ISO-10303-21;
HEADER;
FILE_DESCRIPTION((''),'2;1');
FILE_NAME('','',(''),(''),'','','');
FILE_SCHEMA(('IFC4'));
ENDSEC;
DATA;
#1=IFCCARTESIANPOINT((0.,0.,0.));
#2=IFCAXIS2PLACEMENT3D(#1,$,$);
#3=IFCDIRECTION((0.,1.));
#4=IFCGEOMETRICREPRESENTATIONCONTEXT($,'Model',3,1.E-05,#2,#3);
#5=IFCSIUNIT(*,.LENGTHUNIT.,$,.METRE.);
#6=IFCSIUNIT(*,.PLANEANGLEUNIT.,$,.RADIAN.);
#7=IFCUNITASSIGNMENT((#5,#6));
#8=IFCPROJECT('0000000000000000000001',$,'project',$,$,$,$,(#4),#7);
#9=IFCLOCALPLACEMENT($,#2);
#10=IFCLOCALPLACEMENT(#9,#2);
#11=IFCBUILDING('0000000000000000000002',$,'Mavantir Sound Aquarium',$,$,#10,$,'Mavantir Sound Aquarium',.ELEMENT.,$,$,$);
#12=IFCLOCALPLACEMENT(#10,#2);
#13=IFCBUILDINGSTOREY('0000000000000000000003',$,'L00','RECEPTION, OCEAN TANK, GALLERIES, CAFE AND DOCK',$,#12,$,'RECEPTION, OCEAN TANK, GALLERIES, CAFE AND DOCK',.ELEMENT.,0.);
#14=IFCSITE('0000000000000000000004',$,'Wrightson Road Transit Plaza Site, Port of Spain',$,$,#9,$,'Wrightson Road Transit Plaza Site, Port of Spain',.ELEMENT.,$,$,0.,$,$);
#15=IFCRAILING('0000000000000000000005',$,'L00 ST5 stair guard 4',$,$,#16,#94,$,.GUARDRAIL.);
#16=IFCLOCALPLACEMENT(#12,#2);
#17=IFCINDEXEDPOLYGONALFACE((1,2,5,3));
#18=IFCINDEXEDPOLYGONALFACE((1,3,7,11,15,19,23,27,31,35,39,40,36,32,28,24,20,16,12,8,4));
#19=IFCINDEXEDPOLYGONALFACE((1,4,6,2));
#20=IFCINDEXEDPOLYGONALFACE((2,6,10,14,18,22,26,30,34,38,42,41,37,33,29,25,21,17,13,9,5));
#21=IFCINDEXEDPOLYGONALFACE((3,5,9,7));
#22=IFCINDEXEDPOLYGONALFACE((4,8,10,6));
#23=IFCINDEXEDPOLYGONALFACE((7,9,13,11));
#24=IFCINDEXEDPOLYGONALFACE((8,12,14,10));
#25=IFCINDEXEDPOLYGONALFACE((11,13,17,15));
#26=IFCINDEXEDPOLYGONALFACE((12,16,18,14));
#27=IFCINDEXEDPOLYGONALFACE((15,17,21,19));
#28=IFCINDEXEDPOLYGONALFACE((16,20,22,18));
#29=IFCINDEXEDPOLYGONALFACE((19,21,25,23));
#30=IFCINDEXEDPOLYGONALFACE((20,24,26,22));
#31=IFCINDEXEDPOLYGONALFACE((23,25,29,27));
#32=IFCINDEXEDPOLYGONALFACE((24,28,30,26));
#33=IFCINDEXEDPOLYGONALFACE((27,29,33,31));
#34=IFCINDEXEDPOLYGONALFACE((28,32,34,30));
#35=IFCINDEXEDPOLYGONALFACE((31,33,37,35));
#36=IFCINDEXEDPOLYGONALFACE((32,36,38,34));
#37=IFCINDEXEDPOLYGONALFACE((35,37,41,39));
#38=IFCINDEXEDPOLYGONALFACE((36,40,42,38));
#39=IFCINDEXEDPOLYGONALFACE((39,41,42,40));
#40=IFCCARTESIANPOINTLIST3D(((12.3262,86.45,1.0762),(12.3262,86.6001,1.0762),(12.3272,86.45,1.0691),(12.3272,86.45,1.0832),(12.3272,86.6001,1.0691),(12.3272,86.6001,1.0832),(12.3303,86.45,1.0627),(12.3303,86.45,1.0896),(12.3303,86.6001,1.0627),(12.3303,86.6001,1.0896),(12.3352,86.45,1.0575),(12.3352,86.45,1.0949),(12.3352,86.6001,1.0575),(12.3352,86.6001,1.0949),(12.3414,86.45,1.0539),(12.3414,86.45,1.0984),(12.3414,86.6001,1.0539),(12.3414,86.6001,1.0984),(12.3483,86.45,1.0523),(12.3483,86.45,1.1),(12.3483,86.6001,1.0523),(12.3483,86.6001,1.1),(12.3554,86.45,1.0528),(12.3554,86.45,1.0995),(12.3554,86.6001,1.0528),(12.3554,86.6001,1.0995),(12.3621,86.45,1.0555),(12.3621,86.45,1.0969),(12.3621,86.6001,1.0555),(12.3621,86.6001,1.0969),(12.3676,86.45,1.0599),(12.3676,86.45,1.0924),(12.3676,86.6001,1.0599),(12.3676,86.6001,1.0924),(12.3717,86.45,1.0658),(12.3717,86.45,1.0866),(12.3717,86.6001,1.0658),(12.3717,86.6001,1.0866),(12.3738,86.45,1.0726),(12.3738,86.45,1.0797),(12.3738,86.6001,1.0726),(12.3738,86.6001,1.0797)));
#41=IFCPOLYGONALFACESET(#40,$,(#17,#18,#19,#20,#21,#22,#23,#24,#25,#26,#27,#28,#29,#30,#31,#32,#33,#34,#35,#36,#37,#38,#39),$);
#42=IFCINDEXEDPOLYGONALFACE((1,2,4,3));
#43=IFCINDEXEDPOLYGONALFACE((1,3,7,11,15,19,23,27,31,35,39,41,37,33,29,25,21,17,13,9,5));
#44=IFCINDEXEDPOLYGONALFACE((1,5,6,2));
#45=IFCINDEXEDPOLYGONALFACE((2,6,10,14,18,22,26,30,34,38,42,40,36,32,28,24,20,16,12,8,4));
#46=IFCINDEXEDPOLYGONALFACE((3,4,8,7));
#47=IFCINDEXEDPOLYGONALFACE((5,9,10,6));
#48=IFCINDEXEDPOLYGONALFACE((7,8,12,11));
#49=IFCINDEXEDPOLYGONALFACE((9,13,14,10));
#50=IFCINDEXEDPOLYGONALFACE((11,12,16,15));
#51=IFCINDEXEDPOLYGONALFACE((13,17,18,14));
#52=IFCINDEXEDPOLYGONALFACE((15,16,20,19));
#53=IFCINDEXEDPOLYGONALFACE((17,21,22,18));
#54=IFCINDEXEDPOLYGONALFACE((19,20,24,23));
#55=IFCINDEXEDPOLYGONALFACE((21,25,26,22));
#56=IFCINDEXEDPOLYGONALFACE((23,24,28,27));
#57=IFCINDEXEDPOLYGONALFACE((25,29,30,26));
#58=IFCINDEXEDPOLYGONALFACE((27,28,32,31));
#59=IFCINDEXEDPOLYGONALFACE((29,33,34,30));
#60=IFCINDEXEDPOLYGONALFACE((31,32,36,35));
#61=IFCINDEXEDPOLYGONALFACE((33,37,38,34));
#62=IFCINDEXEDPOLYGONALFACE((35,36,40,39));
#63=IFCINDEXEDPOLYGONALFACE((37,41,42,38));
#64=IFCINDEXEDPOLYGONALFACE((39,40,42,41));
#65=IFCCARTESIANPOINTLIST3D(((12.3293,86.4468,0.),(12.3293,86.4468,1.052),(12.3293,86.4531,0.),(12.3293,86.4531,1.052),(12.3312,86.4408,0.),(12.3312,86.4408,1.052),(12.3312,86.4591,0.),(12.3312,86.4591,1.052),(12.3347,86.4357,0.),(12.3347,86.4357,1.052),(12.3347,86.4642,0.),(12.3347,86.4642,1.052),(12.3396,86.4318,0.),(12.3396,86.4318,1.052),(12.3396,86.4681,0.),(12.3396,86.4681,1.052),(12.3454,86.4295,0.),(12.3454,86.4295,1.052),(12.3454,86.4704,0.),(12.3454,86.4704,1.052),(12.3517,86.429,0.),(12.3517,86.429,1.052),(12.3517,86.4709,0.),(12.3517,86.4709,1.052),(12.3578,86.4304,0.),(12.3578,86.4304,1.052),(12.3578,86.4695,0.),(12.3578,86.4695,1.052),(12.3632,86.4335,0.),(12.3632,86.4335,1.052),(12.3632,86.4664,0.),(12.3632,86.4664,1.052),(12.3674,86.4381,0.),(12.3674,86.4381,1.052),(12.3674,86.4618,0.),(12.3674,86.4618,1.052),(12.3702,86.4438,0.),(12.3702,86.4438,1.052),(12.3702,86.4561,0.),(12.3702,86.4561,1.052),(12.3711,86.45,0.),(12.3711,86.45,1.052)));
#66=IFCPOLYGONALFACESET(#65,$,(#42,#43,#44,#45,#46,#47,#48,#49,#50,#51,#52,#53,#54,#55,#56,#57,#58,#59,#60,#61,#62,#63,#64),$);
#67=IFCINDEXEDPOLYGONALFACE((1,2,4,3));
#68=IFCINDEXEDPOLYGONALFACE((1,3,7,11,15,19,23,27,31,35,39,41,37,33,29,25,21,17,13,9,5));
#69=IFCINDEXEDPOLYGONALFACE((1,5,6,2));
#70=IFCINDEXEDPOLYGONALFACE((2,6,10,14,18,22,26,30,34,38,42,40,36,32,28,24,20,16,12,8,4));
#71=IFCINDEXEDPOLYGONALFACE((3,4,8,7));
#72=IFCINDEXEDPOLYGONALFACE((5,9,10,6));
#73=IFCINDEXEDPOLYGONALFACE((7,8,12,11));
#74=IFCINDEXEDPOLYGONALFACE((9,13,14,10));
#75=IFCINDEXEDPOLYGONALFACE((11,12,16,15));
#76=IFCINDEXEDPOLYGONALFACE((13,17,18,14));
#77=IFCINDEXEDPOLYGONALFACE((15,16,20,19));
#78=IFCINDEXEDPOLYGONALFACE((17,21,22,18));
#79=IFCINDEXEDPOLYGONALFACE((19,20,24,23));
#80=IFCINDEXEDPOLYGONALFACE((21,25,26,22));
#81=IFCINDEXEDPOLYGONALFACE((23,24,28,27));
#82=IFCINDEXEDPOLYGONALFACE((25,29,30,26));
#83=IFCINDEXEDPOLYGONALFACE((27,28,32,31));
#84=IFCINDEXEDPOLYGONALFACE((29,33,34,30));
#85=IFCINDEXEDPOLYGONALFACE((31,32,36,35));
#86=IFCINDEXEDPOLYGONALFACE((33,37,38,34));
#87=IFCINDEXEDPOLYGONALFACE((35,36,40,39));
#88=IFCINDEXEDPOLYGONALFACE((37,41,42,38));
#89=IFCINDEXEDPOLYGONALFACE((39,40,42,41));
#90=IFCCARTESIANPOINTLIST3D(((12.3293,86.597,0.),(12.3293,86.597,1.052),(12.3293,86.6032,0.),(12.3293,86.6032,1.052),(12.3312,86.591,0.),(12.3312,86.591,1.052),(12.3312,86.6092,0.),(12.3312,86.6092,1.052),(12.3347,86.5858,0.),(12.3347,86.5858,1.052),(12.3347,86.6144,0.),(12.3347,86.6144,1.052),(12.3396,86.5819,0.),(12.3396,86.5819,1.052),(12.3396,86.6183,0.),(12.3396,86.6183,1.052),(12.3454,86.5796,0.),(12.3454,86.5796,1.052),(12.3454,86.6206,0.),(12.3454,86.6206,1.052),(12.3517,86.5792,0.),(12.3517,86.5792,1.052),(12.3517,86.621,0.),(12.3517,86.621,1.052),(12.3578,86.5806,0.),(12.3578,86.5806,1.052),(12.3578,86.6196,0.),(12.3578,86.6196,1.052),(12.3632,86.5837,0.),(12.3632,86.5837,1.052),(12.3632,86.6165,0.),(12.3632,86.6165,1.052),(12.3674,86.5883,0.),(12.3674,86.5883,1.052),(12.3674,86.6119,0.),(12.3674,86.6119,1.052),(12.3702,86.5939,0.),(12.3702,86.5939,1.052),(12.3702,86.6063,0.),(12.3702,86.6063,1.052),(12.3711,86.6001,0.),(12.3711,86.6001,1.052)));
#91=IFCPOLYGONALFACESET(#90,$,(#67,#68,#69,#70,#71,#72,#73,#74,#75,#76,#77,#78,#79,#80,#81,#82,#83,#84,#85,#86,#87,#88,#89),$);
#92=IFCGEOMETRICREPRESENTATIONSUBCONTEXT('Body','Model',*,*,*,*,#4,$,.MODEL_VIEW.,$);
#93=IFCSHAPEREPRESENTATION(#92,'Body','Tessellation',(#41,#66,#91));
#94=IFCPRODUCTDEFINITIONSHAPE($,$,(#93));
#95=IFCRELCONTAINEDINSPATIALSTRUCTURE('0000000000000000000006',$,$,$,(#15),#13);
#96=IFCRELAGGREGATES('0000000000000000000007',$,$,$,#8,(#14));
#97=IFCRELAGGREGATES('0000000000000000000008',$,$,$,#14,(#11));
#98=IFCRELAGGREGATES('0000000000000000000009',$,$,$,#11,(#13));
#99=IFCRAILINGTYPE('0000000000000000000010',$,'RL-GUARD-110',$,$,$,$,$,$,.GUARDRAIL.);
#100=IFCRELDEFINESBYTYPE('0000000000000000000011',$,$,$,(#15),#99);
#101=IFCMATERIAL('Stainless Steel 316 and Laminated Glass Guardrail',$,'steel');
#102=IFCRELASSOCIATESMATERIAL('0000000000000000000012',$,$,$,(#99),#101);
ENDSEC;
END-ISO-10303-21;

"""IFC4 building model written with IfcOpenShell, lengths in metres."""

from ifc_helpers import new_model, si_unit, direction, frame, origin, origin_2d, place, context, subcontext, project, spatial, circle, extrude, material, type_object, element, save


model = new_model("IFC4")

# Units and contexts
model_context = context("Model", 3, precision=1e-05, world=origin(), true_north=direction((0.0, 1.0)))
body_context = subcontext(model_context, "Body", "Model", "MODEL_VIEW")
ifc_project = project(units=[si_unit("LENGTHUNIT", "METRE"), si_unit("PLANEANGLEUNIT", "RADIAN")], contexts=[model_context])

# Site, building, storey
site_placement = place(None, origin())
site = spatial("IfcSite", under=ifc_project, at=site_placement, Name="Wrightson Road Transit Plaza Site, Port of Spain", LongName="Wrightson Road Transit Plaza Site, Port of Spain", CompositionType="ELEMENT", RefElevation=0.0)
building_placement = place(site_placement, origin())
building = spatial("IfcBuilding", under=site, at=building_placement, Name="Mavantir Sound Aquarium", LongName="Mavantir Sound Aquarium", CompositionType="ELEMENT")
storey_placement = place(building_placement, origin())
storey = spatial("IfcBuildingStorey", under=building, at=storey_placement, Name="L00", Description="RECEPTION, OCEAN TANK, GALLERIES, CAFE AND DOCK", LongName="RECEPTION, OCEAN TANK, GALLERIES, CAFE AND DOCK", CompositionType="ELEMENT", Elevation=0.0)

# Railing
ifc_material_1 = material(Name="Stainless Steel 316 and Laminated Glass Guardrail", Category="steel")
railing_type_1 = type_object("IfcRailingType", Name="RL-GUARD-110", PredefinedType="GUARDRAIL", material=ifc_material_1)
railing_1_placement = place(storey_placement, frame((12.3501, 86.45, 0.0)))
element("IfcRailing", 1, at=railing_1_placement, inside=storey, type_object=railing_type_1, Name="L00 ST5 stair guard 4", PredefinedType="GUARDRAIL", context=body_context, shape_type="SweptSolid", body=[
    extrude(circle(Radius=0.0239, at=origin_2d()), frame((0.0, 0.0, 1.0762), z_axis=(0.0, 1.0, 0.0), x_axis=(-1.0, 0.0, 0.0)), (0.0, 0.0, 1.0), 0.1501),
    extrude(circle(Radius=0.021, at=origin_2d()), origin(), (0.0, 0.0, 1.0), 1.052),
    extrude(circle(Radius=0.021, at=origin_2d()), frame((0.0, 0.1501, 0.0)), (0.0, 0.0, 1.0), 1.052),
])

save(model, "model.ifc")
